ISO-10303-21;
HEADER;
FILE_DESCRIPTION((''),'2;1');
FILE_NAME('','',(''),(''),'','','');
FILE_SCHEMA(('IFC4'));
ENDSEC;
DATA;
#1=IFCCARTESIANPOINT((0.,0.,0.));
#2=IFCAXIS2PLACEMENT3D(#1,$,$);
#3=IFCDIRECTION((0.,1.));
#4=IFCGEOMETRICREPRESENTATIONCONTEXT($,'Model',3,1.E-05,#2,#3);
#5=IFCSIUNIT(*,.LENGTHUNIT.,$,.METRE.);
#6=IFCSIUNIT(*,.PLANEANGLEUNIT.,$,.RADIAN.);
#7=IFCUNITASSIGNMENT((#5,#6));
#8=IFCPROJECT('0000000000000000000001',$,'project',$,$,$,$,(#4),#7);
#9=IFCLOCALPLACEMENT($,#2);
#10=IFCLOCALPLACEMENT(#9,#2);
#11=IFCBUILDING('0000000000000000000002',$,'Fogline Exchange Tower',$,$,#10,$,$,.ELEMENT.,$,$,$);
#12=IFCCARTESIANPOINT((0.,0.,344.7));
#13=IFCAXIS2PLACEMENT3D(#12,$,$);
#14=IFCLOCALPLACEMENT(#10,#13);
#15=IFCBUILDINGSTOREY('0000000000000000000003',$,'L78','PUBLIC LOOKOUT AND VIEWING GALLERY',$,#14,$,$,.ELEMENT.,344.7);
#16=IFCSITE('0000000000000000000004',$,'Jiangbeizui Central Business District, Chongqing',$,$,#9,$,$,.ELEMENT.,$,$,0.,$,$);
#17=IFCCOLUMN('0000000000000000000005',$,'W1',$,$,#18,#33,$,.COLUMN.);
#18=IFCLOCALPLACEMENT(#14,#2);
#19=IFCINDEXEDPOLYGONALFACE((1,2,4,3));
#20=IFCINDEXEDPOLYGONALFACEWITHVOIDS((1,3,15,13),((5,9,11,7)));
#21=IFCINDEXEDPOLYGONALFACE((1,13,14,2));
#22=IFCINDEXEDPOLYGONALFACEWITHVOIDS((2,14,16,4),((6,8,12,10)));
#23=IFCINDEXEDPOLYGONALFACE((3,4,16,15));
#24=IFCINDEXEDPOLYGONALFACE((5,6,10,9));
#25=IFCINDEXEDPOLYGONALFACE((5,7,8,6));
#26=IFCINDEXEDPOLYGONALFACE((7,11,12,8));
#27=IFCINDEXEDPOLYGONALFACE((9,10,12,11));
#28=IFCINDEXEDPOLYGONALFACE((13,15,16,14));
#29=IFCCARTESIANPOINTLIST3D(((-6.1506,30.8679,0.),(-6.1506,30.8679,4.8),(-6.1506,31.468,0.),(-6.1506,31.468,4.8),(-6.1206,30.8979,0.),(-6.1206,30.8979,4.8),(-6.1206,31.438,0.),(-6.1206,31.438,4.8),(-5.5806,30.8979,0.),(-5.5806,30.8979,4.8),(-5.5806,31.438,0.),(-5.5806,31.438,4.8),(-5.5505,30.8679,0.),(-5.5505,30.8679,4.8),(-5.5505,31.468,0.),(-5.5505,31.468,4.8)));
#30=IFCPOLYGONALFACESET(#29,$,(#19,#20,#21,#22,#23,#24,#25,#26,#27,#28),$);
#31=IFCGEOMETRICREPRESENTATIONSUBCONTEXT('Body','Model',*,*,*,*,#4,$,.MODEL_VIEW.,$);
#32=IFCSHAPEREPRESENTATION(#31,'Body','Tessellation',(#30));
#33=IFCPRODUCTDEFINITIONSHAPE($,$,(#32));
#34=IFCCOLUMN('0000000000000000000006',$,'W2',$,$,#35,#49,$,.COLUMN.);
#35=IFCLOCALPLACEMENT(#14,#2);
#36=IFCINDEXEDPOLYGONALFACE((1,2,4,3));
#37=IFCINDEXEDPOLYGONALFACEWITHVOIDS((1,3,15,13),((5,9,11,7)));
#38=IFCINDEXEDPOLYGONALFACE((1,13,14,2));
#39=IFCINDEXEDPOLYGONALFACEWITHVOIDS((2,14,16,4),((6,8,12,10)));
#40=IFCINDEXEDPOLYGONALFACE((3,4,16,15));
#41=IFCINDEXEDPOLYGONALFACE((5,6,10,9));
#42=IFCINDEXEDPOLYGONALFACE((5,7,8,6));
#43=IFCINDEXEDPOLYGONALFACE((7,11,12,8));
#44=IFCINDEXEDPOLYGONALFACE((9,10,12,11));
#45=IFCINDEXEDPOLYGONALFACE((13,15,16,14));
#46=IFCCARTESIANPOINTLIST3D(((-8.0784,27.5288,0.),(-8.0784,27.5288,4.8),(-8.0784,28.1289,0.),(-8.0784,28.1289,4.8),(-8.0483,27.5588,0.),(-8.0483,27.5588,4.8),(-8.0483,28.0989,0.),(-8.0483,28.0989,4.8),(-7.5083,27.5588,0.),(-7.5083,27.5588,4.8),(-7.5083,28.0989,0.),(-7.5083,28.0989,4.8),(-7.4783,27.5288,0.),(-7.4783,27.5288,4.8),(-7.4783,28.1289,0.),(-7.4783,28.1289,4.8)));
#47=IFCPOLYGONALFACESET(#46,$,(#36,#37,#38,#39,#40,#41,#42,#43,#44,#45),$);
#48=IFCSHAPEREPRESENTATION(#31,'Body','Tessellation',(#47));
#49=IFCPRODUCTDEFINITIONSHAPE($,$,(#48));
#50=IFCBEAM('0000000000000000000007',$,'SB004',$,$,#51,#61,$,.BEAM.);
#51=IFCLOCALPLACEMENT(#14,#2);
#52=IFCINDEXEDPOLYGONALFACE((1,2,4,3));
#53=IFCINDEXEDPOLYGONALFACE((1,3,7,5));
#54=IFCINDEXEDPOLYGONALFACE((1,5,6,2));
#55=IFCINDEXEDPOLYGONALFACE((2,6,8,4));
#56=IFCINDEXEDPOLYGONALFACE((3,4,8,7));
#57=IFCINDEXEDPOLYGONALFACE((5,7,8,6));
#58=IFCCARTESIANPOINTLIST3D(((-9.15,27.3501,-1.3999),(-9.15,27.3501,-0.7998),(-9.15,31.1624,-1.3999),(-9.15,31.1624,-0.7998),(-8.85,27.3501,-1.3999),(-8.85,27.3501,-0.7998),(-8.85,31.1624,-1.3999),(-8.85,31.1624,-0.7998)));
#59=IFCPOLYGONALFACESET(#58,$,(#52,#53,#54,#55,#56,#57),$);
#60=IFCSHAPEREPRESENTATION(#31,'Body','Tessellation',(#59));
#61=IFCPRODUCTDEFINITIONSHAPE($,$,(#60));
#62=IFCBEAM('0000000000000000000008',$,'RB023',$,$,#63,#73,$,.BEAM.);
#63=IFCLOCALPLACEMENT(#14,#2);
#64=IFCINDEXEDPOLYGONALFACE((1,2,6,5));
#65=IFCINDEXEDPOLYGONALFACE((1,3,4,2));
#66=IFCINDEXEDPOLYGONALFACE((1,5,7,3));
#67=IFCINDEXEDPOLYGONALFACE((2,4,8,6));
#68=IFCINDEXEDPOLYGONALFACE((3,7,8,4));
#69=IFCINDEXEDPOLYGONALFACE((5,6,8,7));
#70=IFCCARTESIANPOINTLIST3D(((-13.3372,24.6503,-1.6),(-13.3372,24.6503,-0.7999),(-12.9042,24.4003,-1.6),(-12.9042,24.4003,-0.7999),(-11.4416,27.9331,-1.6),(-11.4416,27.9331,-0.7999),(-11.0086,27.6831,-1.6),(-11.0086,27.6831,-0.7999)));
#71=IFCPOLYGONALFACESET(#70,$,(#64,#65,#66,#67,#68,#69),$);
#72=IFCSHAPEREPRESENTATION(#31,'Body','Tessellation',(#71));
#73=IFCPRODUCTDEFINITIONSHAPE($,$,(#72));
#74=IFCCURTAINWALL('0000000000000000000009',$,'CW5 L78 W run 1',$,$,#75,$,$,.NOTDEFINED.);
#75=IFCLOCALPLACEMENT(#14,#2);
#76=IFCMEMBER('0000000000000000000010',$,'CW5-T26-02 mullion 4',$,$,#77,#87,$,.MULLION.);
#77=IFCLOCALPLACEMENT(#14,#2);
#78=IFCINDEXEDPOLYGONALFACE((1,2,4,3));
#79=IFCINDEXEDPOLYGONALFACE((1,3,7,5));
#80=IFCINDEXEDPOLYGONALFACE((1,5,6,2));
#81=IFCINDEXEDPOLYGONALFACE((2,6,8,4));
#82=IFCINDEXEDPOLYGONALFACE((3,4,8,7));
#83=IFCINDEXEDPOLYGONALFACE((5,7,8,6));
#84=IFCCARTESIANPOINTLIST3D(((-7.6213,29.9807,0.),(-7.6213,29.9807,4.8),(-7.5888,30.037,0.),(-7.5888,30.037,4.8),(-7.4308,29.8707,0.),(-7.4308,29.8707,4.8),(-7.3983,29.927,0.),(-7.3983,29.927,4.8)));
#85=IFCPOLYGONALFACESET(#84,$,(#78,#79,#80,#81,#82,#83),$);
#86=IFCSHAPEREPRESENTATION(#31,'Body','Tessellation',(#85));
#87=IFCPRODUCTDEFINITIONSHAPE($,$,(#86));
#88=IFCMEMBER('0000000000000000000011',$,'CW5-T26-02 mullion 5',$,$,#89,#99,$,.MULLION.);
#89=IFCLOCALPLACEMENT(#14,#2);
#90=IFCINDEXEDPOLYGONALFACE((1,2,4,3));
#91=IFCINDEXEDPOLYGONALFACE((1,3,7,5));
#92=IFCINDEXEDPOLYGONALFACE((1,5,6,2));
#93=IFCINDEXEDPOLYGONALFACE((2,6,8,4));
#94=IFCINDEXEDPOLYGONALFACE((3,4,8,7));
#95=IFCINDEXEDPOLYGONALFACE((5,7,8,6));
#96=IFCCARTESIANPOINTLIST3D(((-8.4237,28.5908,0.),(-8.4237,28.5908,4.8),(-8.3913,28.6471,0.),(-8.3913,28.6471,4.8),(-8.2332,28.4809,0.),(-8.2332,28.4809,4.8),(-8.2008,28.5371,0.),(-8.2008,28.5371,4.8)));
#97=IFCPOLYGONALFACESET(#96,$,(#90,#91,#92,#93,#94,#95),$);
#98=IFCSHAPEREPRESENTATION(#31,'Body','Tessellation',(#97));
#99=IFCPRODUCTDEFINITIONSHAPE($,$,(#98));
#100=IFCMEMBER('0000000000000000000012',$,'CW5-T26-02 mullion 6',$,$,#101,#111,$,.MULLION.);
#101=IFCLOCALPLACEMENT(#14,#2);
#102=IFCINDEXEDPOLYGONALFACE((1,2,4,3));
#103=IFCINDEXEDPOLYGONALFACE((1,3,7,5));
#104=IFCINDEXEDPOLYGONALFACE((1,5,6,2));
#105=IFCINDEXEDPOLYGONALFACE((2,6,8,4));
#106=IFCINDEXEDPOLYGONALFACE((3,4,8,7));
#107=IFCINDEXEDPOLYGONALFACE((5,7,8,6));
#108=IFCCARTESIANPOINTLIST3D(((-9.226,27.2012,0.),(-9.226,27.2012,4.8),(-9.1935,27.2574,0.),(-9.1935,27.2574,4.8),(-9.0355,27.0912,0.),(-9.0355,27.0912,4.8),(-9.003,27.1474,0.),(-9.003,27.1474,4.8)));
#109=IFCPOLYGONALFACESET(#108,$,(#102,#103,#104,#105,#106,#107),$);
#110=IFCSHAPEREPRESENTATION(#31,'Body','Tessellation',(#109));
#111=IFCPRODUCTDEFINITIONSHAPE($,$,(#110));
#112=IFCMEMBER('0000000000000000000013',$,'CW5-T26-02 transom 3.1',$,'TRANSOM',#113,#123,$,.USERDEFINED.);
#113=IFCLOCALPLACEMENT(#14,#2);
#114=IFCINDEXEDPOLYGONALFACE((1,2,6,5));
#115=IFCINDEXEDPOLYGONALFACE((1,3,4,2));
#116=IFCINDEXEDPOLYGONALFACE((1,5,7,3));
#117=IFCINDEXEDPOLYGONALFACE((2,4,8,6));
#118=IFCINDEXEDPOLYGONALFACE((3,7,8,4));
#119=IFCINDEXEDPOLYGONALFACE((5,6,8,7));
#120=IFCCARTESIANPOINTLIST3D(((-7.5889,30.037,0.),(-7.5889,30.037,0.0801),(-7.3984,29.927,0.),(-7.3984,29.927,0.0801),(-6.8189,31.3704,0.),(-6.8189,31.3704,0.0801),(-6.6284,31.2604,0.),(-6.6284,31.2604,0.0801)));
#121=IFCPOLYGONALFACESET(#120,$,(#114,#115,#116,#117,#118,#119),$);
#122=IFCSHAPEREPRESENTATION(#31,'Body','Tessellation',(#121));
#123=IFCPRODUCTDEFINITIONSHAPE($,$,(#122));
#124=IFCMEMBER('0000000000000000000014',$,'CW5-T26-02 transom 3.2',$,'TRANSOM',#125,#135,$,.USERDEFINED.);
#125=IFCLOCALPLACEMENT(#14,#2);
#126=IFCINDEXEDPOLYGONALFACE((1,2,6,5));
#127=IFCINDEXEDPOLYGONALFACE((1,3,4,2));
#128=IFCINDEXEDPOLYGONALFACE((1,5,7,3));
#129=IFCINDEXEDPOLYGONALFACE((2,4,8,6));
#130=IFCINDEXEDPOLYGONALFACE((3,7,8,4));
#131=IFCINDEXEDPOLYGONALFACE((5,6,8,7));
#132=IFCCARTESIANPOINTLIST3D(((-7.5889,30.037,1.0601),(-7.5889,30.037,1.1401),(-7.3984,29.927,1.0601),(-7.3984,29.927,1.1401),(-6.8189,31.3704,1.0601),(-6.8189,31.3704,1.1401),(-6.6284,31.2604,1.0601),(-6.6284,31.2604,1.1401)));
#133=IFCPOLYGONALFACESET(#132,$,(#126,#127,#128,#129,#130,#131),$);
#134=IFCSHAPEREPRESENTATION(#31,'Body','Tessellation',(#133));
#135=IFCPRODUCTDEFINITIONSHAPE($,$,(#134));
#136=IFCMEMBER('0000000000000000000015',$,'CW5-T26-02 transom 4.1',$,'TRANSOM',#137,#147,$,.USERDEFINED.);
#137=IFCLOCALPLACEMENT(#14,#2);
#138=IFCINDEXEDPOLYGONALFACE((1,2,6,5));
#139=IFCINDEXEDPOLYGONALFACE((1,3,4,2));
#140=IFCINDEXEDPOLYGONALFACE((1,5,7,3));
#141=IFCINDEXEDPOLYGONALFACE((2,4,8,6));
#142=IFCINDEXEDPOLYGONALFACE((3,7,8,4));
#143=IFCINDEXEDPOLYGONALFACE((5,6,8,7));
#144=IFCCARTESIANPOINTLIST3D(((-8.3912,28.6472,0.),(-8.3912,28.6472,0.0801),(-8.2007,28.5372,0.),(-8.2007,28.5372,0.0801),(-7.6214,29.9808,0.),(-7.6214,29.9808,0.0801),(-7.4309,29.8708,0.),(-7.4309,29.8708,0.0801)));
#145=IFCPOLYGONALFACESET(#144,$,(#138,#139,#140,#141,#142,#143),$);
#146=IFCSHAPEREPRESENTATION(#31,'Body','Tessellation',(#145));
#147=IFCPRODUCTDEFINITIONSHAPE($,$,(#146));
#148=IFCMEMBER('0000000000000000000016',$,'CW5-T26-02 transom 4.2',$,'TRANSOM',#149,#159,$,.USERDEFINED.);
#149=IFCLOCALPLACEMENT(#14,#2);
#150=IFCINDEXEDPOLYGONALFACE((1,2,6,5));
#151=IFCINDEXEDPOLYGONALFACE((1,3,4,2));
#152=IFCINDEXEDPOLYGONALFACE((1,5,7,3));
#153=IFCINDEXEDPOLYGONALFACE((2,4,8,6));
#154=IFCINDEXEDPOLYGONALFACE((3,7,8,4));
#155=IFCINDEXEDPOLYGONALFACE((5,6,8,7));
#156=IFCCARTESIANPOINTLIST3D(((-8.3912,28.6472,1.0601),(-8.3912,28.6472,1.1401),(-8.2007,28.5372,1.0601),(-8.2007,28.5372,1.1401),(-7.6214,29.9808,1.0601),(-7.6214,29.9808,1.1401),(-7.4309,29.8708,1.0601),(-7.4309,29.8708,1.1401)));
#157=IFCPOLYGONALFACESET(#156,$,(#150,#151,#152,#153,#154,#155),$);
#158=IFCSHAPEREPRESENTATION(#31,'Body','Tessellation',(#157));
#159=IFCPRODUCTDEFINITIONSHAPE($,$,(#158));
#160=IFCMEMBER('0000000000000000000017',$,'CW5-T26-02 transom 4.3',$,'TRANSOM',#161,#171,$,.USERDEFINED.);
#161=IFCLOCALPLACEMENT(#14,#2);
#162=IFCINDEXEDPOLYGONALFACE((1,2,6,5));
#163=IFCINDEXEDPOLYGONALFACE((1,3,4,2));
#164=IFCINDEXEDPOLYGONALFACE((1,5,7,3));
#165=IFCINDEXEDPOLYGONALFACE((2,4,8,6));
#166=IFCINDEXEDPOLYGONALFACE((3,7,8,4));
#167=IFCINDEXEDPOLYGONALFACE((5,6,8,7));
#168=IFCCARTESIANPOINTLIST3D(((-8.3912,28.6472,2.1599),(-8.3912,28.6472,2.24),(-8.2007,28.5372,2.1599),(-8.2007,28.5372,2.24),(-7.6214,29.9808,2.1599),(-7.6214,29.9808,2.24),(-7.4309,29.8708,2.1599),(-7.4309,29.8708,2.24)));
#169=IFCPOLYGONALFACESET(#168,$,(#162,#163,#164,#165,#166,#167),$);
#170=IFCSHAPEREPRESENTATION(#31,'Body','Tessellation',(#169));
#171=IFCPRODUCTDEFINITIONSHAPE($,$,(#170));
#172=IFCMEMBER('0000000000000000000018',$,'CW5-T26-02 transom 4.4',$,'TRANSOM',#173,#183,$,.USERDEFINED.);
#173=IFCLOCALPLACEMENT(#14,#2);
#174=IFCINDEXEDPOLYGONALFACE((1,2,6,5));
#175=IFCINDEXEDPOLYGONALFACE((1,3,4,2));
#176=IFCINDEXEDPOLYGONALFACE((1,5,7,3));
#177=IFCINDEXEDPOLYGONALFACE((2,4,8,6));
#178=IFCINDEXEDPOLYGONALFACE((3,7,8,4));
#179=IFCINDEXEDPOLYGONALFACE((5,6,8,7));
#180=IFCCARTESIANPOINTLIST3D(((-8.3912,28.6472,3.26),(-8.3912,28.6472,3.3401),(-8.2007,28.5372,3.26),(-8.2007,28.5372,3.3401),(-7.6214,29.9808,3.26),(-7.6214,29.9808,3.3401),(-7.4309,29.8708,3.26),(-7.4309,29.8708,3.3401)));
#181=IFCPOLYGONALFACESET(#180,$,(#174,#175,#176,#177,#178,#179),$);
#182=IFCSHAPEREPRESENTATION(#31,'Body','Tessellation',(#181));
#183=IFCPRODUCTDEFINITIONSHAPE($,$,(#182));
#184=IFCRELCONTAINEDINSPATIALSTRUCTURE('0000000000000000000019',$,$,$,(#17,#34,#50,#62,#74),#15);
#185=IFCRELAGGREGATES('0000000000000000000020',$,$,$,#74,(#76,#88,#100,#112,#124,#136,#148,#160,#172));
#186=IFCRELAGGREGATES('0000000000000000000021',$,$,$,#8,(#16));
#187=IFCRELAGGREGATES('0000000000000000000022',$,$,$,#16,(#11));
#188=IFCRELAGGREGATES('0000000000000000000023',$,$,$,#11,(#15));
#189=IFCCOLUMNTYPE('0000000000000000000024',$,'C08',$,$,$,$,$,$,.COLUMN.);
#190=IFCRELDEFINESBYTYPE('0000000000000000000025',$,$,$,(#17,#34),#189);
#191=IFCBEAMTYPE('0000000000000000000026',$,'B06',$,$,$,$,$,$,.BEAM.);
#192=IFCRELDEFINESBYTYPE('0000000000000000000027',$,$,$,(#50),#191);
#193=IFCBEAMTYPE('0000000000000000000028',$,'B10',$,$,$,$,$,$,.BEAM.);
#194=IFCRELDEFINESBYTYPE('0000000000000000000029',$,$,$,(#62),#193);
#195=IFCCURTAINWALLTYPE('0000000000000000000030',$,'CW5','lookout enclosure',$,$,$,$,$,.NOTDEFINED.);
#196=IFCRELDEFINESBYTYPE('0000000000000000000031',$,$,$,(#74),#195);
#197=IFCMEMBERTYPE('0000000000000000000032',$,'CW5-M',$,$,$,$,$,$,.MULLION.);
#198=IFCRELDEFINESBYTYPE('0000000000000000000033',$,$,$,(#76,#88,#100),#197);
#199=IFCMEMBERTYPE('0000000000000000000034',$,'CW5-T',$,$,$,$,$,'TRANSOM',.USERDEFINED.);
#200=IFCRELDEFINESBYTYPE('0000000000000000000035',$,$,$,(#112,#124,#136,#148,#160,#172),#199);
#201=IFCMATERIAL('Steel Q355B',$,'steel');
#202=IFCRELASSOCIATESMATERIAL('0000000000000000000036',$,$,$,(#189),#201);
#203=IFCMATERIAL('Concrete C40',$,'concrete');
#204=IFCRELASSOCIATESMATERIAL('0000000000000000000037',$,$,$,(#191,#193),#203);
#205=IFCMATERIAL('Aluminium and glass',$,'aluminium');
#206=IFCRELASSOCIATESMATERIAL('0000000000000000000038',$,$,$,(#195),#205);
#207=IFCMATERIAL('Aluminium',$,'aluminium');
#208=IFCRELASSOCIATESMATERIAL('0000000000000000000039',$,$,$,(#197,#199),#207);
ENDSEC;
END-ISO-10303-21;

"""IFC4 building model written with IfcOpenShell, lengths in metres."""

from ifc_helpers import new_model, si_unit, direction, frame, origin, origin_2d, place, context, subcontext, project, spatial, rectangle, hollow_rectangle, extrude, material, material_profile, profile_set, type_object, element, aggregate, save


model = new_model("IFC4")

# Units and contexts
model_context = context("Model", 3, precision=1e-05, world=origin(), true_north=direction((0.0, 1.0)))
body_context = subcontext(model_context, "Body", "Model", "MODEL_VIEW")
ifc_project = project(units=[si_unit("LENGTHUNIT", "METRE"), si_unit("PLANEANGLEUNIT", "RADIAN")], contexts=[model_context])

# Site, building, storey
site_placement = place(None, origin())
site = spatial("IfcSite", under=ifc_project, at=site_placement, Name="Jiangbeizui Central Business District, Chongqing", CompositionType="ELEMENT", RefElevation=0.0)
building_placement = place(site_placement, origin())
building = spatial("IfcBuilding", under=site, at=building_placement, Name="Fogline Exchange Tower", CompositionType="ELEMENT")
storey_placement = place(building_placement, frame((0.0, 0.0, 344.7)))
storey = spatial("IfcBuildingStorey", under=building, at=storey_placement, Name="L78", Description="PUBLIC LOOKOUT AND VIEWING GALLERY", CompositionType="ELEMENT", Elevation=344.7)

# Columns
ifc_material_1 = material(Name="Steel Q355B", Category="steel")
ifc_material_profile_1 = material_profile(ifc_material_1, hollow_rectangle(XDim=0.6001, YDim=0.6001, WallThickness=0.03, at=origin_2d()), Name="BOX600X600X30")
ifc_profile_set_1 = profile_set([ifc_material_profile_1], Name="Steel Q355B")
column_type = type_object("IfcColumnType", Name="C08", PredefinedType="COLUMN", material=ifc_profile_set_1)
for number, where, z_axis, x_axis, name in (
    (1, (-5.8506, 31.168, 0.0), (0.0, 0.0, 1.0), (1.0, 0.0, 0.0), "W1"),
    (2, (-7.7783, 27.8289, 0.0), (0.0, 0.0, 1.0), (1.0, 0.0, 0.0), "W2"),
):
    element("IfcColumn", number, at=place(storey_placement, frame(where, z_axis=z_axis, x_axis=x_axis)), inside=storey, type_object=column_type, Name=name, PredefinedType="COLUMN", context=body_context, shape_type="SweptSolid", body=[
        extrude(hollow_rectangle(XDim=0.6001, YDim=0.6001, WallThickness=0.03, at=origin_2d()), origin(), (0.0, 0.0, 1.0), 4.8),
    ])

# Beams
ifc_material_2 = material(Name="Concrete C40", Category="concrete")
ifc_material_profile_2 = material_profile(ifc_material_2, rectangle(XDim=0.3, YDim=0.6001, at=origin_2d()), Name="RC 300x600")
ifc_profile_set_2 = profile_set([ifc_material_profile_2], Name="Concrete C40")
beam_type_1 = type_object("IfcBeamType", Name="B06", PredefinedType="BEAM", material=ifc_profile_set_2)
beam_1_placement = place(storey_placement, frame((-9.0, 27.3501, -1.0999), z_axis=(0.0, 1.0, 0.0), x_axis=(-1.0, 0.0, 0.0)))
element("IfcBeam", 3, at=beam_1_placement, inside=storey, type_object=beam_type_1, Name="SB004", PredefinedType="BEAM", context=body_context, shape_type="SweptSolid", body=[
    extrude(rectangle(XDim=0.3, YDim=0.6001, at=origin_2d()), origin(), (0.0, 0.0, 1.0), 3.8123),
])
ifc_material_profile_3 = material_profile(ifc_material_2, rectangle(XDim=0.5, YDim=0.8, at=origin_2d()), Name="RC 500x800")
ifc_profile_set_3 = profile_set([ifc_material_profile_3], Name="Concrete C40")
beam_type_2 = type_object("IfcBeamType", Name="B10", PredefinedType="BEAM", material=ifc_profile_set_3)
beam_2_placement = place(storey_placement, frame((-11.2251, 27.8081, -1.2), z_axis=(-0.500046, -0.865999, 0.0), x_axis=(0.865999, -0.500046, 0.0)))
element("IfcBeam", 4, at=beam_2_placement, inside=storey, type_object=beam_type_2, Name="RB023", PredefinedType="BEAM", context=body_context, shape_type="SweptSolid", body=[
    extrude(rectangle(XDim=0.5, YDim=0.8, at=origin_2d()), origin(), (0.0, 0.0, 1.0), 3.7908),
])

# Curtain wall, members
ifc_material_3 = material(Name="Aluminium and glass", Category="aluminium")
curtain_wall_type = type_object("IfcCurtainWallType", Name="CW5", Description="lookout enclosure", PredefinedType="NOTDEFINED", material=ifc_material_3)
curtain_wall_placement = place(storey_placement, origin())
curtain_wall = element("IfcCurtainWall", 5, at=curtain_wall_placement, inside=storey, type_object=curtain_wall_type, Name="CW5 L78 W run 1", PredefinedType="NOTDEFINED")
ifc_material_4 = material(Name="Aluminium", Category="aluminium")
ifc_material_profile_4 = material_profile(ifc_material_4, rectangle(XDim=0.22, YDim=0.0649, at=origin_2d()), Name="Mullion 65x220")
ifc_profile_set_4 = profile_set([ifc_material_profile_4], Name="Aluminium")
member_type_1 = type_object("IfcMemberType", Name="CW5-M", PredefinedType="MULLION", material=ifc_profile_set_4)
member_1_placement = place(storey_placement, frame((-7.5098, 29.9539, 0.0), z_axis=(0.0, 0.0, 1.0), x_axis=(0.866025, -0.5, 0.0)))
member_1 = element("IfcMember", 6, at=member_1_placement, type_object=member_type_1, Name="CW5-T26-02 mullion 4", PredefinedType="MULLION", context=body_context, shape_type="SweptSolid", body=[
    extrude(rectangle(XDim=0.22, YDim=0.0649, at=origin_2d()), origin(), (0.0, 0.0, 1.0), 4.8),
])
member_2_placement = place(storey_placement, frame((-8.3123, 28.564, 0.0), z_axis=(0.0, 0.0, 1.0), x_axis=(0.866025, -0.5, 0.0)))
member_2 = element("IfcMember", 7, at=member_2_placement, type_object=member_type_1, Name="CW5-T26-02 mullion 5", PredefinedType="MULLION", context=body_context, shape_type="SweptSolid", body=[
    extrude(rectangle(XDim=0.22, YDim=0.0649, at=origin_2d()), origin(), (0.0, 0.0, 1.0), 4.8),
])
member_3_placement = place(storey_placement, frame((-9.1145, 27.1743, 0.0), z_axis=(0.0, 0.0, 1.0), x_axis=(0.866025, -0.5, 0.0)))
member_3 = element("IfcMember", 8, at=member_3_placement, type_object=member_type_1, Name="CW5-T26-02 mullion 6", PredefinedType="MULLION", context=body_context, shape_type="SweptSolid", body=[
    extrude(rectangle(XDim=0.22, YDim=0.0649, at=origin_2d()), origin(), (0.0, 0.0, 1.0), 4.8),
])
ifc_material_profile_5 = material_profile(ifc_material_4, rectangle(XDim=0.22, YDim=0.0801, at=origin_2d()), Name="Transom 80x220")
ifc_profile_set_5 = profile_set([ifc_material_profile_5], Name="Aluminium")
member_type_2 = type_object("IfcMemberType", Name="CW5-T", ElementType="TRANSOM", PredefinedType="USERDEFINED", material=ifc_profile_set_5)
member_4_placement = place(storey_placement, frame((-6.7236, 31.3154, 0.04), z_axis=(-0.500061, -0.86599, 0.0), x_axis=(0.86599, -0.500061, 0.0)))
member_4 = element("IfcMember", 9, at=member_4_placement, type_object=member_type_2, Name="CW5-T26-02 transom 3.1", ObjectType="TRANSOM", PredefinedType="USERDEFINED", context=body_context, shape_type="SweptSolid", body=[
    extrude(rectangle(XDim=0.22, YDim=0.0801, at=origin_2d()), origin(), (0.0, 0.0, 1.0), 1.5398),
])
member_5_placement = place(storey_placement, frame((-6.7236, 31.3154, 1.1001), z_axis=(-0.500061, -0.86599, 0.0), x_axis=(0.86599, -0.500061, 0.0)))
member_5 = element("IfcMember", 10, at=member_5_placement, type_object=member_type_2, Name="CW5-T26-02 transom 3.2", ObjectType="TRANSOM", PredefinedType="USERDEFINED", context=body_context, shape_type="SweptSolid", body=[
    extrude(rectangle(XDim=0.22, YDim=0.0801, at=origin_2d()), origin(), (0.0, 0.0, 1.0), 1.5398),
])
member_6_placement = place(storey_placement, frame((-7.5261, 29.9258, 0.04), z_axis=(-0.499942, -0.866059, 0.0), x_axis=(0.866059, -0.499942, 0.0)))
member_6 = element("IfcMember", 11, at=member_6_placement, type_object=member_type_2, Name="CW5-T26-02 transom 4.1", ObjectType="TRANSOM", PredefinedType="USERDEFINED", context=body_context, shape_type="SweptSolid", body=[
    extrude(rectangle(XDim=0.22, YDim=0.0801, at=origin_2d()), origin(), (0.0, 0.0, 1.0), 1.5398),
])
member_7_placement = place(storey_placement, frame((-7.5261, 29.9258, 1.1001), z_axis=(-0.499942, -0.866059, 0.0), x_axis=(0.866059, -0.499942, 0.0)))
member_7 = element("IfcMember", 12, at=member_7_placement, type_object=member_type_2, Name="CW5-T26-02 transom 4.2", ObjectType="TRANSOM", PredefinedType="USERDEFINED", context=body_context, shape_type="SweptSolid", body=[
    extrude(rectangle(XDim=0.22, YDim=0.0801, at=origin_2d()), origin(), (0.0, 0.0, 1.0), 1.5398),
])
member_8_placement = place(storey_placement, frame((-7.5261, 29.9258, 2.2), z_axis=(-0.499942, -0.866059, 0.0), x_axis=(0.866059, -0.499942, 0.0)))
member_8 = element("IfcMember", 13, at=member_8_placement, type_object=member_type_2, Name="CW5-T26-02 transom 4.3", ObjectType="TRANSOM", PredefinedType="USERDEFINED", context=body_context, shape_type="SweptSolid", body=[
    extrude(rectangle(XDim=0.22, YDim=0.0801, at=origin_2d()), origin(), (0.0, 0.0, 1.0), 1.5398),
])
member_9_placement = place(storey_placement, frame((-7.5261, 29.9258, 3.3), z_axis=(-0.499942, -0.866059, 0.0), x_axis=(0.866059, -0.499942, 0.0)))
member_9 = element("IfcMember", 14, at=member_9_placement, type_object=member_type_2, Name="CW5-T26-02 transom 4.4", ObjectType="TRANSOM", PredefinedType="USERDEFINED", context=body_context, shape_type="SweptSolid", body=[
    extrude(rectangle(XDim=0.22, YDim=0.0801, at=origin_2d()), origin(), (0.0, 0.0, 1.0), 1.5398),
])
aggregate(curtain_wall, [member_1, member_2, member_3, member_4, member_5, member_6, member_7, member_8, member_9])

save(model, "model.ifc")
